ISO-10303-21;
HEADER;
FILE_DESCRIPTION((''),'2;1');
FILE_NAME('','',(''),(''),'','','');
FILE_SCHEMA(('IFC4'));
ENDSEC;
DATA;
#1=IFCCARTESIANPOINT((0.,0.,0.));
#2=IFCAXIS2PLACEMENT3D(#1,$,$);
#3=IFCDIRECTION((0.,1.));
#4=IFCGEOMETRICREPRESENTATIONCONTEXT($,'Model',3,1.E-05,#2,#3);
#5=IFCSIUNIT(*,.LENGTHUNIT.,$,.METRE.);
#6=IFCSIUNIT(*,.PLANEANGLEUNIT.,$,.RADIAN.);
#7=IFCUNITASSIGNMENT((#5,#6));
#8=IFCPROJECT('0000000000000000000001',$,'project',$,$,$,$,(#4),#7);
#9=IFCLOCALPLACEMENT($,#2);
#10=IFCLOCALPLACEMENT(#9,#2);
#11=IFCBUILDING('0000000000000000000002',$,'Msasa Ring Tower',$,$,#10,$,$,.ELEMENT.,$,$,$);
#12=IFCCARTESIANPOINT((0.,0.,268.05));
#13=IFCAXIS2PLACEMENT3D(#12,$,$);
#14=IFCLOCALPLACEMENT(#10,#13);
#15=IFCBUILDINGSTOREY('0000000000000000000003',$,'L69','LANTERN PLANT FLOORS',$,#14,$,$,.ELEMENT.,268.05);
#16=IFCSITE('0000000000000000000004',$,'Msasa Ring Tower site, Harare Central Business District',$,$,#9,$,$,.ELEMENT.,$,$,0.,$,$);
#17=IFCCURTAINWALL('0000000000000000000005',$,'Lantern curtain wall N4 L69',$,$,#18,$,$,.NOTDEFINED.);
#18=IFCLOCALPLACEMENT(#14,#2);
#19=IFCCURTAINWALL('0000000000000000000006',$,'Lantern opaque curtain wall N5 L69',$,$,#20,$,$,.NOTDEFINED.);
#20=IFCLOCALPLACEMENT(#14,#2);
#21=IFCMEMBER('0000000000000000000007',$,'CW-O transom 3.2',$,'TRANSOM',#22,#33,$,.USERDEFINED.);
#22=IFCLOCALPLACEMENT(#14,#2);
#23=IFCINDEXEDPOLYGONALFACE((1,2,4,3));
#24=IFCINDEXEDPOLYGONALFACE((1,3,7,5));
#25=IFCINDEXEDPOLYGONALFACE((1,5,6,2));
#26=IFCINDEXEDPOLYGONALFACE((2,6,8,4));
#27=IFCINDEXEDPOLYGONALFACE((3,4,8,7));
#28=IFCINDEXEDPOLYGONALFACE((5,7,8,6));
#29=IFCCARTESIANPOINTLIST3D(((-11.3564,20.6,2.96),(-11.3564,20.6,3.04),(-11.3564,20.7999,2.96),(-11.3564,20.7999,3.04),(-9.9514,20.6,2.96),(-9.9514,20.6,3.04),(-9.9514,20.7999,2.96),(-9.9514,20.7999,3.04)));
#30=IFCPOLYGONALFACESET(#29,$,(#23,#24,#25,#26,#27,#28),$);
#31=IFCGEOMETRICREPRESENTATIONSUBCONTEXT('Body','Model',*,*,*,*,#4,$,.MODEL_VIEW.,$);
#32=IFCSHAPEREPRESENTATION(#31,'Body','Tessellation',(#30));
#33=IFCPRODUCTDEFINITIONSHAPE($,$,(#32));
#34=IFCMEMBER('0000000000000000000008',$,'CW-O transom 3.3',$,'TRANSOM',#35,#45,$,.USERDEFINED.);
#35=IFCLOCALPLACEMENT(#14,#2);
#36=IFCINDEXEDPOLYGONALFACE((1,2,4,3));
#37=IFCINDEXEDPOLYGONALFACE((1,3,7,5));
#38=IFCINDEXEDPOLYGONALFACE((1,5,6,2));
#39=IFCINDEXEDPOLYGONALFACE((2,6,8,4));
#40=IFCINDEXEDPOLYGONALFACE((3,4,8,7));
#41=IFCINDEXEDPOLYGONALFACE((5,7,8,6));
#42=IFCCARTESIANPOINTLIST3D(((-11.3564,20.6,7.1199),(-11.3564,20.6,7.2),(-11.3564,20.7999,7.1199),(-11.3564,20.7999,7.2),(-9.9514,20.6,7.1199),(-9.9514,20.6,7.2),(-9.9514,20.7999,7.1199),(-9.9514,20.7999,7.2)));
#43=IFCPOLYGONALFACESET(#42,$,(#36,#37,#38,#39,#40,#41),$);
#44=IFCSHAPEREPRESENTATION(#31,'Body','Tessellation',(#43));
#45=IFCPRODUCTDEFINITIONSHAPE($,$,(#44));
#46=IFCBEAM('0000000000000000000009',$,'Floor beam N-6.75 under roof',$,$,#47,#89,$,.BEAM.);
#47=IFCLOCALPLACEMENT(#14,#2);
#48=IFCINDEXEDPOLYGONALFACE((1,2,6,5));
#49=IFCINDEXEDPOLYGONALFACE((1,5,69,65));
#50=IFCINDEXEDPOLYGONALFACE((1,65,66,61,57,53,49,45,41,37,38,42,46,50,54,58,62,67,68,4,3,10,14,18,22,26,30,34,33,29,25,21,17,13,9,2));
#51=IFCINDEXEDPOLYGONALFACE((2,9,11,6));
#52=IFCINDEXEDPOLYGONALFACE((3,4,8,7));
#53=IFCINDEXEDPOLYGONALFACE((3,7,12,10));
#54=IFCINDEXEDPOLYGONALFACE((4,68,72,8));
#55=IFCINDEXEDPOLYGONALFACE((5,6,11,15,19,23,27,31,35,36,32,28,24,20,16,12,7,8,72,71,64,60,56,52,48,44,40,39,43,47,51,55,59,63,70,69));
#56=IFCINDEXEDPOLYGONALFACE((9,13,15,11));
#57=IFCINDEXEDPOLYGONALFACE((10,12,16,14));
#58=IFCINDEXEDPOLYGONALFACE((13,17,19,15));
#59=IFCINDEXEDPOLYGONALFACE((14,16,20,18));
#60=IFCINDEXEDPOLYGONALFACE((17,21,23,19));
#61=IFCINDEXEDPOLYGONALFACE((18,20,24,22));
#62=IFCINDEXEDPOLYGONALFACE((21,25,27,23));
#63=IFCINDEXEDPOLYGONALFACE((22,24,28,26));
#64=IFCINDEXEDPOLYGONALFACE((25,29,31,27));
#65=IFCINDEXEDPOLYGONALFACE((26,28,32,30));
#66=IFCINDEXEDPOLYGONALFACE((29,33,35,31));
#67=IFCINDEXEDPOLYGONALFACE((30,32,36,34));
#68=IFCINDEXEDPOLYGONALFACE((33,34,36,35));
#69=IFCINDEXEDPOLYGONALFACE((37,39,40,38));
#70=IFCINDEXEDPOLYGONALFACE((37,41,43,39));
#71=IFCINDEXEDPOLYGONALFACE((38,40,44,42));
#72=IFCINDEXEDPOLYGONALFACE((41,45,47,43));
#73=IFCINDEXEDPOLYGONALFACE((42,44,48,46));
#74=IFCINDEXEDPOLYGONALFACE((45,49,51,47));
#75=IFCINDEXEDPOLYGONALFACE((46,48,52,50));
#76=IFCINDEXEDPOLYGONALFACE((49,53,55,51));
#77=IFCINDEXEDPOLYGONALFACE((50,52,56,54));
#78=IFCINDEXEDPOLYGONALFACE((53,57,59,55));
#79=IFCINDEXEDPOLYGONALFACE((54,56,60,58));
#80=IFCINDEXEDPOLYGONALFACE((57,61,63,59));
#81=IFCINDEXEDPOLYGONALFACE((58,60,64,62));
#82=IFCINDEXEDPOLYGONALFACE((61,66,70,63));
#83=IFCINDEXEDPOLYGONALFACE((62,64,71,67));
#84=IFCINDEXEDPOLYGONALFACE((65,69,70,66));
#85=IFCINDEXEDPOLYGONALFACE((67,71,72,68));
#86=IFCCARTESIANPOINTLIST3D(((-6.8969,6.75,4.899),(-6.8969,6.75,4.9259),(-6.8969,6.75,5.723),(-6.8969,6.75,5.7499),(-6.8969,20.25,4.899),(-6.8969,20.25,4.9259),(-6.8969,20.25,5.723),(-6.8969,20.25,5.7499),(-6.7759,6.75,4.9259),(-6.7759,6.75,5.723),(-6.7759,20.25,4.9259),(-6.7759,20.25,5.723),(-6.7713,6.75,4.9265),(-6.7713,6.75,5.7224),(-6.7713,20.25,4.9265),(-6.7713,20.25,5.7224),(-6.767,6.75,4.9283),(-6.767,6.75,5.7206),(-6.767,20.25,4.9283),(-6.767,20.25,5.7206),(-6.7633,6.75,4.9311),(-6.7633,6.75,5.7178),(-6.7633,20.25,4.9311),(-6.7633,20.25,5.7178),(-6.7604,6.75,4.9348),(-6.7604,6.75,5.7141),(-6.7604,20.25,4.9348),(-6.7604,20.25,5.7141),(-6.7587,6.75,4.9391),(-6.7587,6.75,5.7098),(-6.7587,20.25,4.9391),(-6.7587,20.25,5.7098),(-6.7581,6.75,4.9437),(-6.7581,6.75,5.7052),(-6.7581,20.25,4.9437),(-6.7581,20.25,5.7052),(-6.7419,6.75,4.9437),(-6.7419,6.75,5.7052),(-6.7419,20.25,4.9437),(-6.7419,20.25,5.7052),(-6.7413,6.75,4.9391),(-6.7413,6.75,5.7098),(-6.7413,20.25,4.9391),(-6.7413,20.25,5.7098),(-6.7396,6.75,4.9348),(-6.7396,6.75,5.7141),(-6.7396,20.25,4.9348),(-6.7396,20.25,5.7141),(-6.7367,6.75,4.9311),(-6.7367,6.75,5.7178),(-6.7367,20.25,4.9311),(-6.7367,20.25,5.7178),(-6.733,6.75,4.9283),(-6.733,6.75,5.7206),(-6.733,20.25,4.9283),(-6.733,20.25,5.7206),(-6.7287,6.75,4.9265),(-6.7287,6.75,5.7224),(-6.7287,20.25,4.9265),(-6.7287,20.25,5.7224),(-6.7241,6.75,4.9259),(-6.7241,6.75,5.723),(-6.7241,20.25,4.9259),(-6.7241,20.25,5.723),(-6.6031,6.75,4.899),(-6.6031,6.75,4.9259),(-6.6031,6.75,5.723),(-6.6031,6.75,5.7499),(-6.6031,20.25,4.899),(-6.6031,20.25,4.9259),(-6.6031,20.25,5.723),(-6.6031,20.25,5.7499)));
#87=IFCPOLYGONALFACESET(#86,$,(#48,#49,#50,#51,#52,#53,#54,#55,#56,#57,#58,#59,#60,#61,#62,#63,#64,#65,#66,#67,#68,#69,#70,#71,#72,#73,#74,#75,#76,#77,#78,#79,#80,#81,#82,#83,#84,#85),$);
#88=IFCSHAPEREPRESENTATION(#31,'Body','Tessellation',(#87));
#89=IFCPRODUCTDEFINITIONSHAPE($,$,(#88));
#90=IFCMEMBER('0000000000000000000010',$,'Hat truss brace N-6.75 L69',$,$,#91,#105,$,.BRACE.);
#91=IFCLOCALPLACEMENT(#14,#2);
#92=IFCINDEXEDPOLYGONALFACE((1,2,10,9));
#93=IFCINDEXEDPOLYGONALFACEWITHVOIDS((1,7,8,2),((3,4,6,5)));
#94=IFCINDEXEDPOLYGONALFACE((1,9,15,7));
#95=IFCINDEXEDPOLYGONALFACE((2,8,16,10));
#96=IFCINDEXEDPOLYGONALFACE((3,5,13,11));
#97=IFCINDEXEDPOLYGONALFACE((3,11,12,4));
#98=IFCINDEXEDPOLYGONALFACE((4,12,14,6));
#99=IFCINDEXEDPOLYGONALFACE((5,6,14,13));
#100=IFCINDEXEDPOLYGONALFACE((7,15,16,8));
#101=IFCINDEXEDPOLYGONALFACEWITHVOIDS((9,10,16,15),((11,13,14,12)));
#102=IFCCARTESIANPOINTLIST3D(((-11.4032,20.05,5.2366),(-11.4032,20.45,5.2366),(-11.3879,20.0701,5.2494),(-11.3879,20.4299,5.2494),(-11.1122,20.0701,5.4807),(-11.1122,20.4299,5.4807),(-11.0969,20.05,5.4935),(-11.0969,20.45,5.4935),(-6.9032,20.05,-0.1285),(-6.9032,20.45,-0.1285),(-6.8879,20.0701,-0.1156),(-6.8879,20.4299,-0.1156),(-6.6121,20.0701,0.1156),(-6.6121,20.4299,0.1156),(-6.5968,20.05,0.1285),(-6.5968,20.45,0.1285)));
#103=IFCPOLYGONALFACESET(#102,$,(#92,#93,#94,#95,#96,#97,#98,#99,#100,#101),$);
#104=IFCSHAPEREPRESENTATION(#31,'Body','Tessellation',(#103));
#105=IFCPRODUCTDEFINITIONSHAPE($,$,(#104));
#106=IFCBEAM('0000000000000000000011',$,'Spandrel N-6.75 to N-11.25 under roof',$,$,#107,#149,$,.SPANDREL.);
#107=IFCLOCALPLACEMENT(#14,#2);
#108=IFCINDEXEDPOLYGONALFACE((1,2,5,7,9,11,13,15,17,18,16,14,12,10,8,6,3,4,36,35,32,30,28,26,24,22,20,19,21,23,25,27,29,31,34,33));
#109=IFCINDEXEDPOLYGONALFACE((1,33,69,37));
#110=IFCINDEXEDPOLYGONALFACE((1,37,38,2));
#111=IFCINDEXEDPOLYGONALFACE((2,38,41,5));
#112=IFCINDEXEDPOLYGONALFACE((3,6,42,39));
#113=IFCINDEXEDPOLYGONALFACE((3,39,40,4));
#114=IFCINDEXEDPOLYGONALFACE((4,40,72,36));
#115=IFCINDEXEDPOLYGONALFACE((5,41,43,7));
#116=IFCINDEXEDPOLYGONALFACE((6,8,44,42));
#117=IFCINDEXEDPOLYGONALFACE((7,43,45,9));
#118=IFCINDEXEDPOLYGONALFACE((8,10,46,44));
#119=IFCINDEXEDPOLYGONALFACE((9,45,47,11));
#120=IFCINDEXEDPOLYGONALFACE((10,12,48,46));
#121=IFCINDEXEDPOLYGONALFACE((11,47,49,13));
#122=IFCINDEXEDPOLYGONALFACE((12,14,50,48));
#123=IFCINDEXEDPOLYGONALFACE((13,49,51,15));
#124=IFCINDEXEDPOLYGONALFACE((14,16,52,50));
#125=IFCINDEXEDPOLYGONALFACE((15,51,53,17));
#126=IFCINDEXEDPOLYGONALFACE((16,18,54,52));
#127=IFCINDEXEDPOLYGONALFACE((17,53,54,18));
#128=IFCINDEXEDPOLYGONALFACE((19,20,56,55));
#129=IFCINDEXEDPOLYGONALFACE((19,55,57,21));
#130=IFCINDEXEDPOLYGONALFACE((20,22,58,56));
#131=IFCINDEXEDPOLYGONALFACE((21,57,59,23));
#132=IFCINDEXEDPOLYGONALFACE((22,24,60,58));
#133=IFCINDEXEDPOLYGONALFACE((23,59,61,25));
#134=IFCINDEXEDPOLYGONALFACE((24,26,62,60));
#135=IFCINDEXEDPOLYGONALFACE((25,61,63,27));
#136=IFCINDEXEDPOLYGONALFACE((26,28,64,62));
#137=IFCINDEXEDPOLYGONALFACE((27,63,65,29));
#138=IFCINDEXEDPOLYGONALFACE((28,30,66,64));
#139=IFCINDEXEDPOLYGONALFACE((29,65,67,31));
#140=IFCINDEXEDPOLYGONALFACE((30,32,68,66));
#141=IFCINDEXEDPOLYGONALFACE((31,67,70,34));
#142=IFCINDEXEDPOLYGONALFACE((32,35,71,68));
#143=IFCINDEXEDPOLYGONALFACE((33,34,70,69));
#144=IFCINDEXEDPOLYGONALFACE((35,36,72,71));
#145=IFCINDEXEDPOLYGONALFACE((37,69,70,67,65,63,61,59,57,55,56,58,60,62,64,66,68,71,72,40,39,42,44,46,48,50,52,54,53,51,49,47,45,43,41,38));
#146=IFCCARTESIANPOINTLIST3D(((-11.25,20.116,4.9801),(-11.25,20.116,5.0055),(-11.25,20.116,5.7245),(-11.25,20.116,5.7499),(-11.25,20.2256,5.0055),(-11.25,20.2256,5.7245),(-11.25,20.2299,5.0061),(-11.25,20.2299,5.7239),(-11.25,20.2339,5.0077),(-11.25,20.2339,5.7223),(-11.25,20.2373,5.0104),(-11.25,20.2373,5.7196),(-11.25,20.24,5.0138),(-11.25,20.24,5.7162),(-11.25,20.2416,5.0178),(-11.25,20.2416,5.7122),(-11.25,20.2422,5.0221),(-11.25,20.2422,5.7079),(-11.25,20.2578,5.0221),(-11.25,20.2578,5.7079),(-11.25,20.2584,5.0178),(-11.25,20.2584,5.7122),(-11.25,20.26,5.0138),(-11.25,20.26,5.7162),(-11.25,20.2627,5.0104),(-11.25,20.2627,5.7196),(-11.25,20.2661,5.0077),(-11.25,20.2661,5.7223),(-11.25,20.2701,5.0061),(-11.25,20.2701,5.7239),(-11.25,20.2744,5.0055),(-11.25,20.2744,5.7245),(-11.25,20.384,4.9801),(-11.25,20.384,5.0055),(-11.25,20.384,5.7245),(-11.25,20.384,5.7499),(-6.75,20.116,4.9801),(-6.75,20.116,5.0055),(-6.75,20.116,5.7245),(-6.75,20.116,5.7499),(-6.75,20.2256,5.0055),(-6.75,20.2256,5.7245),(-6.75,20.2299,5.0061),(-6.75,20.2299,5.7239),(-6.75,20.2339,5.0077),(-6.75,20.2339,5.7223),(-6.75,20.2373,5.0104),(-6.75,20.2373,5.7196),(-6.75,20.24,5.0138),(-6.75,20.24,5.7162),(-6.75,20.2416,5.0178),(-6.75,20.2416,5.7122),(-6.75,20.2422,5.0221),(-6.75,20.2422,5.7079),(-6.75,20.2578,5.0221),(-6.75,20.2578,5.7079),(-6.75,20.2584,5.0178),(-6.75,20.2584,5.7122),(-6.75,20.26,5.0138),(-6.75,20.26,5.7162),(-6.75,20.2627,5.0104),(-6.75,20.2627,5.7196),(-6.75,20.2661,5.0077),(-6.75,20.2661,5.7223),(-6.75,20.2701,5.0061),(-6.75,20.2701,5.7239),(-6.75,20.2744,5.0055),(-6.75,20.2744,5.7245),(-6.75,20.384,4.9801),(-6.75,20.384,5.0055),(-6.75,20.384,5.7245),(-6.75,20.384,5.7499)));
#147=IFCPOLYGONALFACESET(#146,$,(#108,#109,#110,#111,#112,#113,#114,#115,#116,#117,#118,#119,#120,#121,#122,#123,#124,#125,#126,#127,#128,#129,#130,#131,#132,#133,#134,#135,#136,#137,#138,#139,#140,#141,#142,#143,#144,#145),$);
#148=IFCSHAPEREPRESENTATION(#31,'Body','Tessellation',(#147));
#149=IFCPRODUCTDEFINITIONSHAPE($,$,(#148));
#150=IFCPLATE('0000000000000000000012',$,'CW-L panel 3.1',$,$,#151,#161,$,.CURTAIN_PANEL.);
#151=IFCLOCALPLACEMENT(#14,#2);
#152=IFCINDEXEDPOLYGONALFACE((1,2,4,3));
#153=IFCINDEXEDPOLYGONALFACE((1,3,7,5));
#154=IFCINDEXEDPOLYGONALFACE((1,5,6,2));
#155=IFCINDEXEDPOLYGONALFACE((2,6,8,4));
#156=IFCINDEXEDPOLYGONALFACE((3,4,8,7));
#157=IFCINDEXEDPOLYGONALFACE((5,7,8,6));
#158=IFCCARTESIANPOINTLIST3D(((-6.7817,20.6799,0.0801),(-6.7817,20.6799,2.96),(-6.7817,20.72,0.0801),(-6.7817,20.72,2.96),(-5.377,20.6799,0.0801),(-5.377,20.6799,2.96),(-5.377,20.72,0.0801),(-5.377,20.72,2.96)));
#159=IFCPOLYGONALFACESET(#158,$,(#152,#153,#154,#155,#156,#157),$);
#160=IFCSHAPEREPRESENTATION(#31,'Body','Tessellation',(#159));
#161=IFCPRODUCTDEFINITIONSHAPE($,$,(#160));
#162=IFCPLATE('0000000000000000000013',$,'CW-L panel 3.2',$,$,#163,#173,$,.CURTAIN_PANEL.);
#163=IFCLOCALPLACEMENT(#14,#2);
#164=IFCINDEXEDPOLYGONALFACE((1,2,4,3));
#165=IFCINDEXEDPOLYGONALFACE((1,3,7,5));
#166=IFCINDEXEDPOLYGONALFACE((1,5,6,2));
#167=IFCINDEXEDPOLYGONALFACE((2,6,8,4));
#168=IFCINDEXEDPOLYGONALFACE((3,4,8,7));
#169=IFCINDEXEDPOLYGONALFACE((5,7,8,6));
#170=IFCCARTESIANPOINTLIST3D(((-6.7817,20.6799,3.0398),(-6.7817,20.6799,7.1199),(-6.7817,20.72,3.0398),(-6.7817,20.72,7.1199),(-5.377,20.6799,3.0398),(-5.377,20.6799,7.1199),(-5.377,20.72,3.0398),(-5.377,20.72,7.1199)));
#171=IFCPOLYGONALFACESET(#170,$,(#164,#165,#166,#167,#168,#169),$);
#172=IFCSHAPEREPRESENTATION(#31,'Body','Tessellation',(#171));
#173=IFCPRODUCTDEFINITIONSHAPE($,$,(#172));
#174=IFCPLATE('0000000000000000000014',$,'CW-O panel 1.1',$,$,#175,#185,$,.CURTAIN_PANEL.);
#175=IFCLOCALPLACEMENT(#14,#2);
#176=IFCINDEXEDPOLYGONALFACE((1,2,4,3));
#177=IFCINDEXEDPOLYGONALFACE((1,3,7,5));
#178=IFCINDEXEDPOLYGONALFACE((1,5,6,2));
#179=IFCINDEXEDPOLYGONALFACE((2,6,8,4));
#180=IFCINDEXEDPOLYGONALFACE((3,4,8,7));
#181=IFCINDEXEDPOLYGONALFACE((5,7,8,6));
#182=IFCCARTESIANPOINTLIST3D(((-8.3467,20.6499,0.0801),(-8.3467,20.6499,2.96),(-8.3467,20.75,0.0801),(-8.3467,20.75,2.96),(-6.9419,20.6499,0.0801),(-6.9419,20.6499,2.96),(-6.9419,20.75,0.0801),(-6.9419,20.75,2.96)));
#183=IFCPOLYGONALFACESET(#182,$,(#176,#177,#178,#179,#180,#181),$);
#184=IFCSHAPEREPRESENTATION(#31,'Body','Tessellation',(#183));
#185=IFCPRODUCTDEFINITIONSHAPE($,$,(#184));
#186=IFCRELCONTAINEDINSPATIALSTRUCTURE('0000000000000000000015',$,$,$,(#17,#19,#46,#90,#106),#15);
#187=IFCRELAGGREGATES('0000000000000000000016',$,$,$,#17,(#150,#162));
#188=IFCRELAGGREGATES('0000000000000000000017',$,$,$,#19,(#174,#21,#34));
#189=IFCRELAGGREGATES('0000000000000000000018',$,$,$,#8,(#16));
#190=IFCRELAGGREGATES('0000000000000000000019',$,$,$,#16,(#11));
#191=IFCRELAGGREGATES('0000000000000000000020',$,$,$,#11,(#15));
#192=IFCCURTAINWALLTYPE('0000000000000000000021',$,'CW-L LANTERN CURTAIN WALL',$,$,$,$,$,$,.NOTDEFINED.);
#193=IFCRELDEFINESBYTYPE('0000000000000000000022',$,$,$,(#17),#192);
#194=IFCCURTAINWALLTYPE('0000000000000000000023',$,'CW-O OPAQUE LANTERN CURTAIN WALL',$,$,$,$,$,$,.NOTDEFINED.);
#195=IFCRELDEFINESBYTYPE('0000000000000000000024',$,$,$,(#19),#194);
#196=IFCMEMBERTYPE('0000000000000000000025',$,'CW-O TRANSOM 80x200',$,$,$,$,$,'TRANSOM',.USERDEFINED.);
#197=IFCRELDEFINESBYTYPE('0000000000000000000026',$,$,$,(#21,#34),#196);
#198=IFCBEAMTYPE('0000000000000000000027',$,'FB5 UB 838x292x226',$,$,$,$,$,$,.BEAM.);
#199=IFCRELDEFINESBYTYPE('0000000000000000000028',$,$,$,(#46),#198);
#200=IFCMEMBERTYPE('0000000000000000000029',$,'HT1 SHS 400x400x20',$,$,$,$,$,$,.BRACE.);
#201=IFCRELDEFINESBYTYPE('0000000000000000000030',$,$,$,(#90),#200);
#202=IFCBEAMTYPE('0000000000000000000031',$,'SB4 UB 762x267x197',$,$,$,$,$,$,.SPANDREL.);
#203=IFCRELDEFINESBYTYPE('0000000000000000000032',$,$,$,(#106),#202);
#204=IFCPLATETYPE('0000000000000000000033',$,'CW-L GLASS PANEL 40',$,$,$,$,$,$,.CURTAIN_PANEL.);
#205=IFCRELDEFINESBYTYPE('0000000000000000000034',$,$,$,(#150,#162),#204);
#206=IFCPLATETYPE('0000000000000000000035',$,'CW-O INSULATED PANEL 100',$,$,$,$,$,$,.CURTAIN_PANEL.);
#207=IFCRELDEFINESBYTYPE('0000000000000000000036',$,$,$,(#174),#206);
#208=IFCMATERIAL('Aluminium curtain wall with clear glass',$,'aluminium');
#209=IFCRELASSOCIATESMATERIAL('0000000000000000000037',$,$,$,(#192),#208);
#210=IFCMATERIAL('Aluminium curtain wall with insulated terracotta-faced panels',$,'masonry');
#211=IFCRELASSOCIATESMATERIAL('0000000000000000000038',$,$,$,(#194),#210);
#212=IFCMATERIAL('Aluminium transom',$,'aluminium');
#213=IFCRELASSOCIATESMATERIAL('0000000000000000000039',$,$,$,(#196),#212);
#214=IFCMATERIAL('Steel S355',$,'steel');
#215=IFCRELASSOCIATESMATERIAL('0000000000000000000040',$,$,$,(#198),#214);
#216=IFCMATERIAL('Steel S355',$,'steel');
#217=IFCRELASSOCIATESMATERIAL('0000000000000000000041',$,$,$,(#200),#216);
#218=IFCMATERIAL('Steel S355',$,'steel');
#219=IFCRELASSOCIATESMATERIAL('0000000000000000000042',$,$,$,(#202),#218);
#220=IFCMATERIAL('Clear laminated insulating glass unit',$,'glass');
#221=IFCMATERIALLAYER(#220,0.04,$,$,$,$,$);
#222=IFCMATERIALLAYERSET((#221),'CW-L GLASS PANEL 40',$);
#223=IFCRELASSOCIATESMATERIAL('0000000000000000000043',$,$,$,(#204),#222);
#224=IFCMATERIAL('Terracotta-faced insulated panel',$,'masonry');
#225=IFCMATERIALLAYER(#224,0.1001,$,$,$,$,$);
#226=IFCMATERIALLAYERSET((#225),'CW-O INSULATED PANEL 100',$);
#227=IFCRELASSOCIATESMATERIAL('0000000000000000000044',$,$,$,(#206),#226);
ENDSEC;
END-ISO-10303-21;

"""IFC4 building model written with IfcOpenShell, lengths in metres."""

from ifc_helpers import new_model, si_unit, direction, frame, origin, origin_2d, place, context, subcontext, project, spatial, rectangle, hollow_rectangle, i_section, extrude, material, layer, layer_set, material_profile, profile_set, type_object, element, aggregate, save


model = new_model("IFC4")

# Units and contexts
model_context = context("Model", 3, precision=1e-05, world=origin(), true_north=direction((0.0, 1.0)))
body_context = subcontext(model_context, "Body", "Model", "MODEL_VIEW")
ifc_project = project(units=[si_unit("LENGTHUNIT", "METRE"), si_unit("PLANEANGLEUNIT", "RADIAN")], contexts=[model_context])

# Site, building, storey
site_placement = place(None, origin())
site = spatial("IfcSite", under=ifc_project, at=site_placement, Name="Msasa Ring Tower site, Harare Central Business District", CompositionType="ELEMENT", RefElevation=0.0)
building_placement = place(site_placement, origin())
building = spatial("IfcBuilding", under=site, at=building_placement, Name="Msasa Ring Tower", CompositionType="ELEMENT")
storey_placement = place(building_placement, frame((0.0, 0.0, 268.05)))
storey = spatial("IfcBuildingStorey", under=building, at=storey_placement, Name="L69", Description="LANTERN PLANT FLOORS", CompositionType="ELEMENT", Elevation=268.05)

# Curtain walls, members
ifc_material_1 = material(Name="Aluminium curtain wall with clear glass", Category="aluminium")
curtain_wall_type_1 = type_object("IfcCurtainWallType", Name="CW-L LANTERN CURTAIN WALL", PredefinedType="NOTDEFINED", material=ifc_material_1)
curtain_wall_1_placement = place(storey_placement, origin())
curtain_wall_1 = element("IfcCurtainWall", 1, at=curtain_wall_1_placement, inside=storey, type_object=curtain_wall_type_1, Name="Lantern curtain wall N4 L69", PredefinedType="NOTDEFINED")
ifc_material_2 = material(Name="Aluminium curtain wall with insulated terracotta-faced panels", Category="masonry")
curtain_wall_type_2 = type_object("IfcCurtainWallType", Name="CW-O OPAQUE LANTERN CURTAIN WALL", PredefinedType="NOTDEFINED", material=ifc_material_2)
curtain_wall_2_placement = place(storey_placement, origin())
curtain_wall_2 = element("IfcCurtainWall", 2, at=curtain_wall_2_placement, inside=storey, type_object=curtain_wall_type_2, Name="Lantern opaque curtain wall N5 L69", PredefinedType="NOTDEFINED")
ifc_material_3 = material(Name="Aluminium transom", Category="aluminium")
ifc_material_profile_1 = material_profile(ifc_material_3, rectangle(XDim=0.2, YDim=0.0801, at=origin_2d()), Name="AL 80x200")
ifc_profile_set_1 = profile_set([ifc_material_profile_1], Name="Aluminium transom")
member_type_1 = type_object("IfcMemberType", Name="CW-O TRANSOM 80x200", ElementType="TRANSOM", PredefinedType="USERDEFINED", material=ifc_profile_set_1)
member_1_placement = place(storey_placement, frame((-9.9514, 20.7, 3.0), z_axis=(-1.0, 0.0, 0.0), x_axis=(0.0, -1.0, 0.0)))
member_1 = element("IfcMember", 3, at=member_1_placement, type_object=member_type_1, Name="CW-O transom 3.2", ObjectType="TRANSOM", PredefinedType="USERDEFINED", context=body_context, shape_type="SweptSolid", body=[
    extrude(rectangle(XDim=0.2, YDim=0.0801, at=origin_2d()), origin(), (0.0, 0.0, 1.0), 1.405),
])
member_2_placement = place(storey_placement, frame((-9.9514, 20.7, 7.1599), z_axis=(-1.0, 0.0, 0.0), x_axis=(0.0, -1.0, 0.0)))
member_2 = element("IfcMember", 4, at=member_2_placement, type_object=member_type_1, Name="CW-O transom 3.3", ObjectType="TRANSOM", PredefinedType="USERDEFINED", context=body_context, shape_type="SweptSolid", body=[
    extrude(rectangle(XDim=0.2, YDim=0.0801, at=origin_2d()), origin(), (0.0, 0.0, 1.0), 1.405),
])

# Beam
ifc_material_4 = material(Name="Steel S355", Category="steel")
ifc_material_profile_2 = material_profile(ifc_material_4, i_section(OverallWidth=0.2937, OverallDepth=0.8508, WebThickness=0.0161, FlangeThickness=0.0269, FilletRadius=0.0178, at=origin_2d()), Name="UB 838x292x226")
ifc_profile_set_2 = profile_set([ifc_material_profile_2], Name="Steel S355")
beam_type_1 = type_object("IfcBeamType", Name="FB5 UB 838x292x226", PredefinedType="BEAM", material=ifc_profile_set_2)
beam_1_placement = place(storey_placement, frame((-6.75, 20.25, 5.3245), z_axis=(0.0, -1.0, 0.0), x_axis=(1.0, 0.0, 0.0)))
element("IfcBeam", 5, at=beam_1_placement, inside=storey, type_object=beam_type_1, Name="Floor beam N-6.75 under roof", PredefinedType="BEAM", context=body_context, shape_type="SweptSolid", body=[
    extrude(i_section(OverallWidth=0.2937, OverallDepth=0.8508, WebThickness=0.0161, FlangeThickness=0.0269, FilletRadius=0.0178, at=origin_2d()), origin(), (0.0, 0.0, 1.0), 13.5),
])

# Member
ifc_material_5 = material(Name="Steel S355", Category="steel")
ifc_material_profile_3 = material_profile(ifc_material_5, hollow_rectangle(XDim=0.3999, YDim=0.3999, WallThickness=0.02, at=origin_2d()), Name="SHS 400x400x20")
ifc_profile_set_3 = profile_set([ifc_material_profile_3], Name="Steel S355")
member_type_2 = type_object("IfcMemberType", Name="HT1 SHS 400x400x20", PredefinedType="BRACE", material=ifc_profile_set_3)
member_3_placement = place(storey_placement, frame((-6.75, 20.25, 0.0), z_axis=(-0.64264, 0.0, 0.766168), x_axis=(0.0, -1.0, 0.0)))
element("IfcMember", 6, at=member_3_placement, inside=storey, type_object=member_type_2, Name="Hat truss brace N-6.75 L69", PredefinedType="BRACE", context=body_context, shape_type="SweptSolid", body=[
    extrude(hollow_rectangle(XDim=0.3999, YDim=0.3999, WallThickness=0.02, at=origin_2d()), origin(), (0.0, 0.0, 1.0), 7.0024),
])

# Beam
ifc_material_6 = material(Name="Steel S355", Category="steel")
ifc_material_profile_4 = material_profile(ifc_material_6, i_section(OverallWidth=0.2681, OverallDepth=0.7698, WebThickness=0.0156, FlangeThickness=0.0254, FilletRadius=0.0166, at=origin_2d()), Name="UB 762x267x197")
ifc_profile_set_4 = profile_set([ifc_material_profile_4], Name="Steel S355")
beam_type_2 = type_object("IfcBeamType", Name="SB4 UB 762x267x197", PredefinedType="SPANDREL", material=ifc_profile_set_4)
beam_2_placement = place(storey_placement, frame((-6.75, 20.25, 5.365), z_axis=(-1.0, 0.0, 0.0), x_axis=(0.0, -1.0, 0.0)))
element("IfcBeam", 7, at=beam_2_placement, inside=storey, type_object=beam_type_2, Name="Spandrel N-6.75 to N-11.25 under roof", PredefinedType="SPANDREL", context=body_context, shape_type="SweptSolid", body=[
    extrude(i_section(OverallWidth=0.2681, OverallDepth=0.7698, WebThickness=0.0156, FlangeThickness=0.0254, FilletRadius=0.0166, at=origin_2d()), origin(), (0.0, 0.0, 1.0), 4.5),
])

# Plates
ifc_material_7 = material(Name="Clear laminated insulating glass unit", Category="glass")
ifc_layer_1 = layer(ifc_material_7, 0.04)
ifc_layer_set_1 = layer_set([ifc_layer_1], Name="CW-L GLASS PANEL 40")
plate_type_1 = type_object("IfcPlateType", Name="CW-L GLASS PANEL 40", PredefinedType="CURTAIN_PANEL", material=ifc_layer_set_1)
plate_1_placement = place(storey_placement, frame((-6.0793, 20.7, 0.0801), z_axis=(0.0, 0.0, 1.0), x_axis=(-1.0, 0.0, 0.0)))
plate_1 = element("IfcPlate", 8, at=plate_1_placement, type_object=plate_type_1, Name="CW-L panel 3.1", PredefinedType="CURTAIN_PANEL", context=body_context, shape_type="SweptSolid", body=[
    extrude(rectangle(XDim=1.4048, YDim=0.04, at=origin_2d()), origin(), (0.0, 0.0, 1.0), 2.8799),
])
plate_2_placement = place(storey_placement, frame((-6.0793, 20.7, 3.0398), z_axis=(0.0, 0.0, 1.0), x_axis=(-1.0, 0.0, 0.0)))
plate_2 = element("IfcPlate", 9, at=plate_2_placement, type_object=plate_type_1, Name="CW-L panel 3.2", PredefinedType="CURTAIN_PANEL", context=body_context, shape_type="SweptSolid", body=[
    extrude(rectangle(XDim=1.4048, YDim=0.04, at=origin_2d()), origin(), (0.0, 0.0, 1.0), 4.0801),
])
aggregate(curtain_wall_1, [plate_1, plate_2])
ifc_material_8 = material(Name="Terracotta-faced insulated panel", Category="masonry")
ifc_layer_2 = layer(ifc_material_8, 0.1001)
ifc_layer_set_2 = layer_set([ifc_layer_2], Name="CW-O INSULATED PANEL 100")
plate_type_2 = type_object("IfcPlateType", Name="CW-O INSULATED PANEL 100", PredefinedType="CURTAIN_PANEL", material=ifc_layer_set_2)
plate_3_placement = place(storey_placement, frame((-7.6443, 20.7, 0.0801), z_axis=(0.0, 0.0, 1.0), x_axis=(-1.0, 0.0, 0.0)))
plate_3 = element("IfcPlate", 10, at=plate_3_placement, type_object=plate_type_2, Name="CW-O panel 1.1", PredefinedType="CURTAIN_PANEL", context=body_context, shape_type="SweptSolid", body=[
    extrude(rectangle(XDim=1.4048, YDim=0.1001, at=origin_2d()), origin(), (0.0, 0.0, 1.0), 2.8799),
])
aggregate(curtain_wall_2, [plate_3, member_1, member_2])

save(model, "model.ifc")
